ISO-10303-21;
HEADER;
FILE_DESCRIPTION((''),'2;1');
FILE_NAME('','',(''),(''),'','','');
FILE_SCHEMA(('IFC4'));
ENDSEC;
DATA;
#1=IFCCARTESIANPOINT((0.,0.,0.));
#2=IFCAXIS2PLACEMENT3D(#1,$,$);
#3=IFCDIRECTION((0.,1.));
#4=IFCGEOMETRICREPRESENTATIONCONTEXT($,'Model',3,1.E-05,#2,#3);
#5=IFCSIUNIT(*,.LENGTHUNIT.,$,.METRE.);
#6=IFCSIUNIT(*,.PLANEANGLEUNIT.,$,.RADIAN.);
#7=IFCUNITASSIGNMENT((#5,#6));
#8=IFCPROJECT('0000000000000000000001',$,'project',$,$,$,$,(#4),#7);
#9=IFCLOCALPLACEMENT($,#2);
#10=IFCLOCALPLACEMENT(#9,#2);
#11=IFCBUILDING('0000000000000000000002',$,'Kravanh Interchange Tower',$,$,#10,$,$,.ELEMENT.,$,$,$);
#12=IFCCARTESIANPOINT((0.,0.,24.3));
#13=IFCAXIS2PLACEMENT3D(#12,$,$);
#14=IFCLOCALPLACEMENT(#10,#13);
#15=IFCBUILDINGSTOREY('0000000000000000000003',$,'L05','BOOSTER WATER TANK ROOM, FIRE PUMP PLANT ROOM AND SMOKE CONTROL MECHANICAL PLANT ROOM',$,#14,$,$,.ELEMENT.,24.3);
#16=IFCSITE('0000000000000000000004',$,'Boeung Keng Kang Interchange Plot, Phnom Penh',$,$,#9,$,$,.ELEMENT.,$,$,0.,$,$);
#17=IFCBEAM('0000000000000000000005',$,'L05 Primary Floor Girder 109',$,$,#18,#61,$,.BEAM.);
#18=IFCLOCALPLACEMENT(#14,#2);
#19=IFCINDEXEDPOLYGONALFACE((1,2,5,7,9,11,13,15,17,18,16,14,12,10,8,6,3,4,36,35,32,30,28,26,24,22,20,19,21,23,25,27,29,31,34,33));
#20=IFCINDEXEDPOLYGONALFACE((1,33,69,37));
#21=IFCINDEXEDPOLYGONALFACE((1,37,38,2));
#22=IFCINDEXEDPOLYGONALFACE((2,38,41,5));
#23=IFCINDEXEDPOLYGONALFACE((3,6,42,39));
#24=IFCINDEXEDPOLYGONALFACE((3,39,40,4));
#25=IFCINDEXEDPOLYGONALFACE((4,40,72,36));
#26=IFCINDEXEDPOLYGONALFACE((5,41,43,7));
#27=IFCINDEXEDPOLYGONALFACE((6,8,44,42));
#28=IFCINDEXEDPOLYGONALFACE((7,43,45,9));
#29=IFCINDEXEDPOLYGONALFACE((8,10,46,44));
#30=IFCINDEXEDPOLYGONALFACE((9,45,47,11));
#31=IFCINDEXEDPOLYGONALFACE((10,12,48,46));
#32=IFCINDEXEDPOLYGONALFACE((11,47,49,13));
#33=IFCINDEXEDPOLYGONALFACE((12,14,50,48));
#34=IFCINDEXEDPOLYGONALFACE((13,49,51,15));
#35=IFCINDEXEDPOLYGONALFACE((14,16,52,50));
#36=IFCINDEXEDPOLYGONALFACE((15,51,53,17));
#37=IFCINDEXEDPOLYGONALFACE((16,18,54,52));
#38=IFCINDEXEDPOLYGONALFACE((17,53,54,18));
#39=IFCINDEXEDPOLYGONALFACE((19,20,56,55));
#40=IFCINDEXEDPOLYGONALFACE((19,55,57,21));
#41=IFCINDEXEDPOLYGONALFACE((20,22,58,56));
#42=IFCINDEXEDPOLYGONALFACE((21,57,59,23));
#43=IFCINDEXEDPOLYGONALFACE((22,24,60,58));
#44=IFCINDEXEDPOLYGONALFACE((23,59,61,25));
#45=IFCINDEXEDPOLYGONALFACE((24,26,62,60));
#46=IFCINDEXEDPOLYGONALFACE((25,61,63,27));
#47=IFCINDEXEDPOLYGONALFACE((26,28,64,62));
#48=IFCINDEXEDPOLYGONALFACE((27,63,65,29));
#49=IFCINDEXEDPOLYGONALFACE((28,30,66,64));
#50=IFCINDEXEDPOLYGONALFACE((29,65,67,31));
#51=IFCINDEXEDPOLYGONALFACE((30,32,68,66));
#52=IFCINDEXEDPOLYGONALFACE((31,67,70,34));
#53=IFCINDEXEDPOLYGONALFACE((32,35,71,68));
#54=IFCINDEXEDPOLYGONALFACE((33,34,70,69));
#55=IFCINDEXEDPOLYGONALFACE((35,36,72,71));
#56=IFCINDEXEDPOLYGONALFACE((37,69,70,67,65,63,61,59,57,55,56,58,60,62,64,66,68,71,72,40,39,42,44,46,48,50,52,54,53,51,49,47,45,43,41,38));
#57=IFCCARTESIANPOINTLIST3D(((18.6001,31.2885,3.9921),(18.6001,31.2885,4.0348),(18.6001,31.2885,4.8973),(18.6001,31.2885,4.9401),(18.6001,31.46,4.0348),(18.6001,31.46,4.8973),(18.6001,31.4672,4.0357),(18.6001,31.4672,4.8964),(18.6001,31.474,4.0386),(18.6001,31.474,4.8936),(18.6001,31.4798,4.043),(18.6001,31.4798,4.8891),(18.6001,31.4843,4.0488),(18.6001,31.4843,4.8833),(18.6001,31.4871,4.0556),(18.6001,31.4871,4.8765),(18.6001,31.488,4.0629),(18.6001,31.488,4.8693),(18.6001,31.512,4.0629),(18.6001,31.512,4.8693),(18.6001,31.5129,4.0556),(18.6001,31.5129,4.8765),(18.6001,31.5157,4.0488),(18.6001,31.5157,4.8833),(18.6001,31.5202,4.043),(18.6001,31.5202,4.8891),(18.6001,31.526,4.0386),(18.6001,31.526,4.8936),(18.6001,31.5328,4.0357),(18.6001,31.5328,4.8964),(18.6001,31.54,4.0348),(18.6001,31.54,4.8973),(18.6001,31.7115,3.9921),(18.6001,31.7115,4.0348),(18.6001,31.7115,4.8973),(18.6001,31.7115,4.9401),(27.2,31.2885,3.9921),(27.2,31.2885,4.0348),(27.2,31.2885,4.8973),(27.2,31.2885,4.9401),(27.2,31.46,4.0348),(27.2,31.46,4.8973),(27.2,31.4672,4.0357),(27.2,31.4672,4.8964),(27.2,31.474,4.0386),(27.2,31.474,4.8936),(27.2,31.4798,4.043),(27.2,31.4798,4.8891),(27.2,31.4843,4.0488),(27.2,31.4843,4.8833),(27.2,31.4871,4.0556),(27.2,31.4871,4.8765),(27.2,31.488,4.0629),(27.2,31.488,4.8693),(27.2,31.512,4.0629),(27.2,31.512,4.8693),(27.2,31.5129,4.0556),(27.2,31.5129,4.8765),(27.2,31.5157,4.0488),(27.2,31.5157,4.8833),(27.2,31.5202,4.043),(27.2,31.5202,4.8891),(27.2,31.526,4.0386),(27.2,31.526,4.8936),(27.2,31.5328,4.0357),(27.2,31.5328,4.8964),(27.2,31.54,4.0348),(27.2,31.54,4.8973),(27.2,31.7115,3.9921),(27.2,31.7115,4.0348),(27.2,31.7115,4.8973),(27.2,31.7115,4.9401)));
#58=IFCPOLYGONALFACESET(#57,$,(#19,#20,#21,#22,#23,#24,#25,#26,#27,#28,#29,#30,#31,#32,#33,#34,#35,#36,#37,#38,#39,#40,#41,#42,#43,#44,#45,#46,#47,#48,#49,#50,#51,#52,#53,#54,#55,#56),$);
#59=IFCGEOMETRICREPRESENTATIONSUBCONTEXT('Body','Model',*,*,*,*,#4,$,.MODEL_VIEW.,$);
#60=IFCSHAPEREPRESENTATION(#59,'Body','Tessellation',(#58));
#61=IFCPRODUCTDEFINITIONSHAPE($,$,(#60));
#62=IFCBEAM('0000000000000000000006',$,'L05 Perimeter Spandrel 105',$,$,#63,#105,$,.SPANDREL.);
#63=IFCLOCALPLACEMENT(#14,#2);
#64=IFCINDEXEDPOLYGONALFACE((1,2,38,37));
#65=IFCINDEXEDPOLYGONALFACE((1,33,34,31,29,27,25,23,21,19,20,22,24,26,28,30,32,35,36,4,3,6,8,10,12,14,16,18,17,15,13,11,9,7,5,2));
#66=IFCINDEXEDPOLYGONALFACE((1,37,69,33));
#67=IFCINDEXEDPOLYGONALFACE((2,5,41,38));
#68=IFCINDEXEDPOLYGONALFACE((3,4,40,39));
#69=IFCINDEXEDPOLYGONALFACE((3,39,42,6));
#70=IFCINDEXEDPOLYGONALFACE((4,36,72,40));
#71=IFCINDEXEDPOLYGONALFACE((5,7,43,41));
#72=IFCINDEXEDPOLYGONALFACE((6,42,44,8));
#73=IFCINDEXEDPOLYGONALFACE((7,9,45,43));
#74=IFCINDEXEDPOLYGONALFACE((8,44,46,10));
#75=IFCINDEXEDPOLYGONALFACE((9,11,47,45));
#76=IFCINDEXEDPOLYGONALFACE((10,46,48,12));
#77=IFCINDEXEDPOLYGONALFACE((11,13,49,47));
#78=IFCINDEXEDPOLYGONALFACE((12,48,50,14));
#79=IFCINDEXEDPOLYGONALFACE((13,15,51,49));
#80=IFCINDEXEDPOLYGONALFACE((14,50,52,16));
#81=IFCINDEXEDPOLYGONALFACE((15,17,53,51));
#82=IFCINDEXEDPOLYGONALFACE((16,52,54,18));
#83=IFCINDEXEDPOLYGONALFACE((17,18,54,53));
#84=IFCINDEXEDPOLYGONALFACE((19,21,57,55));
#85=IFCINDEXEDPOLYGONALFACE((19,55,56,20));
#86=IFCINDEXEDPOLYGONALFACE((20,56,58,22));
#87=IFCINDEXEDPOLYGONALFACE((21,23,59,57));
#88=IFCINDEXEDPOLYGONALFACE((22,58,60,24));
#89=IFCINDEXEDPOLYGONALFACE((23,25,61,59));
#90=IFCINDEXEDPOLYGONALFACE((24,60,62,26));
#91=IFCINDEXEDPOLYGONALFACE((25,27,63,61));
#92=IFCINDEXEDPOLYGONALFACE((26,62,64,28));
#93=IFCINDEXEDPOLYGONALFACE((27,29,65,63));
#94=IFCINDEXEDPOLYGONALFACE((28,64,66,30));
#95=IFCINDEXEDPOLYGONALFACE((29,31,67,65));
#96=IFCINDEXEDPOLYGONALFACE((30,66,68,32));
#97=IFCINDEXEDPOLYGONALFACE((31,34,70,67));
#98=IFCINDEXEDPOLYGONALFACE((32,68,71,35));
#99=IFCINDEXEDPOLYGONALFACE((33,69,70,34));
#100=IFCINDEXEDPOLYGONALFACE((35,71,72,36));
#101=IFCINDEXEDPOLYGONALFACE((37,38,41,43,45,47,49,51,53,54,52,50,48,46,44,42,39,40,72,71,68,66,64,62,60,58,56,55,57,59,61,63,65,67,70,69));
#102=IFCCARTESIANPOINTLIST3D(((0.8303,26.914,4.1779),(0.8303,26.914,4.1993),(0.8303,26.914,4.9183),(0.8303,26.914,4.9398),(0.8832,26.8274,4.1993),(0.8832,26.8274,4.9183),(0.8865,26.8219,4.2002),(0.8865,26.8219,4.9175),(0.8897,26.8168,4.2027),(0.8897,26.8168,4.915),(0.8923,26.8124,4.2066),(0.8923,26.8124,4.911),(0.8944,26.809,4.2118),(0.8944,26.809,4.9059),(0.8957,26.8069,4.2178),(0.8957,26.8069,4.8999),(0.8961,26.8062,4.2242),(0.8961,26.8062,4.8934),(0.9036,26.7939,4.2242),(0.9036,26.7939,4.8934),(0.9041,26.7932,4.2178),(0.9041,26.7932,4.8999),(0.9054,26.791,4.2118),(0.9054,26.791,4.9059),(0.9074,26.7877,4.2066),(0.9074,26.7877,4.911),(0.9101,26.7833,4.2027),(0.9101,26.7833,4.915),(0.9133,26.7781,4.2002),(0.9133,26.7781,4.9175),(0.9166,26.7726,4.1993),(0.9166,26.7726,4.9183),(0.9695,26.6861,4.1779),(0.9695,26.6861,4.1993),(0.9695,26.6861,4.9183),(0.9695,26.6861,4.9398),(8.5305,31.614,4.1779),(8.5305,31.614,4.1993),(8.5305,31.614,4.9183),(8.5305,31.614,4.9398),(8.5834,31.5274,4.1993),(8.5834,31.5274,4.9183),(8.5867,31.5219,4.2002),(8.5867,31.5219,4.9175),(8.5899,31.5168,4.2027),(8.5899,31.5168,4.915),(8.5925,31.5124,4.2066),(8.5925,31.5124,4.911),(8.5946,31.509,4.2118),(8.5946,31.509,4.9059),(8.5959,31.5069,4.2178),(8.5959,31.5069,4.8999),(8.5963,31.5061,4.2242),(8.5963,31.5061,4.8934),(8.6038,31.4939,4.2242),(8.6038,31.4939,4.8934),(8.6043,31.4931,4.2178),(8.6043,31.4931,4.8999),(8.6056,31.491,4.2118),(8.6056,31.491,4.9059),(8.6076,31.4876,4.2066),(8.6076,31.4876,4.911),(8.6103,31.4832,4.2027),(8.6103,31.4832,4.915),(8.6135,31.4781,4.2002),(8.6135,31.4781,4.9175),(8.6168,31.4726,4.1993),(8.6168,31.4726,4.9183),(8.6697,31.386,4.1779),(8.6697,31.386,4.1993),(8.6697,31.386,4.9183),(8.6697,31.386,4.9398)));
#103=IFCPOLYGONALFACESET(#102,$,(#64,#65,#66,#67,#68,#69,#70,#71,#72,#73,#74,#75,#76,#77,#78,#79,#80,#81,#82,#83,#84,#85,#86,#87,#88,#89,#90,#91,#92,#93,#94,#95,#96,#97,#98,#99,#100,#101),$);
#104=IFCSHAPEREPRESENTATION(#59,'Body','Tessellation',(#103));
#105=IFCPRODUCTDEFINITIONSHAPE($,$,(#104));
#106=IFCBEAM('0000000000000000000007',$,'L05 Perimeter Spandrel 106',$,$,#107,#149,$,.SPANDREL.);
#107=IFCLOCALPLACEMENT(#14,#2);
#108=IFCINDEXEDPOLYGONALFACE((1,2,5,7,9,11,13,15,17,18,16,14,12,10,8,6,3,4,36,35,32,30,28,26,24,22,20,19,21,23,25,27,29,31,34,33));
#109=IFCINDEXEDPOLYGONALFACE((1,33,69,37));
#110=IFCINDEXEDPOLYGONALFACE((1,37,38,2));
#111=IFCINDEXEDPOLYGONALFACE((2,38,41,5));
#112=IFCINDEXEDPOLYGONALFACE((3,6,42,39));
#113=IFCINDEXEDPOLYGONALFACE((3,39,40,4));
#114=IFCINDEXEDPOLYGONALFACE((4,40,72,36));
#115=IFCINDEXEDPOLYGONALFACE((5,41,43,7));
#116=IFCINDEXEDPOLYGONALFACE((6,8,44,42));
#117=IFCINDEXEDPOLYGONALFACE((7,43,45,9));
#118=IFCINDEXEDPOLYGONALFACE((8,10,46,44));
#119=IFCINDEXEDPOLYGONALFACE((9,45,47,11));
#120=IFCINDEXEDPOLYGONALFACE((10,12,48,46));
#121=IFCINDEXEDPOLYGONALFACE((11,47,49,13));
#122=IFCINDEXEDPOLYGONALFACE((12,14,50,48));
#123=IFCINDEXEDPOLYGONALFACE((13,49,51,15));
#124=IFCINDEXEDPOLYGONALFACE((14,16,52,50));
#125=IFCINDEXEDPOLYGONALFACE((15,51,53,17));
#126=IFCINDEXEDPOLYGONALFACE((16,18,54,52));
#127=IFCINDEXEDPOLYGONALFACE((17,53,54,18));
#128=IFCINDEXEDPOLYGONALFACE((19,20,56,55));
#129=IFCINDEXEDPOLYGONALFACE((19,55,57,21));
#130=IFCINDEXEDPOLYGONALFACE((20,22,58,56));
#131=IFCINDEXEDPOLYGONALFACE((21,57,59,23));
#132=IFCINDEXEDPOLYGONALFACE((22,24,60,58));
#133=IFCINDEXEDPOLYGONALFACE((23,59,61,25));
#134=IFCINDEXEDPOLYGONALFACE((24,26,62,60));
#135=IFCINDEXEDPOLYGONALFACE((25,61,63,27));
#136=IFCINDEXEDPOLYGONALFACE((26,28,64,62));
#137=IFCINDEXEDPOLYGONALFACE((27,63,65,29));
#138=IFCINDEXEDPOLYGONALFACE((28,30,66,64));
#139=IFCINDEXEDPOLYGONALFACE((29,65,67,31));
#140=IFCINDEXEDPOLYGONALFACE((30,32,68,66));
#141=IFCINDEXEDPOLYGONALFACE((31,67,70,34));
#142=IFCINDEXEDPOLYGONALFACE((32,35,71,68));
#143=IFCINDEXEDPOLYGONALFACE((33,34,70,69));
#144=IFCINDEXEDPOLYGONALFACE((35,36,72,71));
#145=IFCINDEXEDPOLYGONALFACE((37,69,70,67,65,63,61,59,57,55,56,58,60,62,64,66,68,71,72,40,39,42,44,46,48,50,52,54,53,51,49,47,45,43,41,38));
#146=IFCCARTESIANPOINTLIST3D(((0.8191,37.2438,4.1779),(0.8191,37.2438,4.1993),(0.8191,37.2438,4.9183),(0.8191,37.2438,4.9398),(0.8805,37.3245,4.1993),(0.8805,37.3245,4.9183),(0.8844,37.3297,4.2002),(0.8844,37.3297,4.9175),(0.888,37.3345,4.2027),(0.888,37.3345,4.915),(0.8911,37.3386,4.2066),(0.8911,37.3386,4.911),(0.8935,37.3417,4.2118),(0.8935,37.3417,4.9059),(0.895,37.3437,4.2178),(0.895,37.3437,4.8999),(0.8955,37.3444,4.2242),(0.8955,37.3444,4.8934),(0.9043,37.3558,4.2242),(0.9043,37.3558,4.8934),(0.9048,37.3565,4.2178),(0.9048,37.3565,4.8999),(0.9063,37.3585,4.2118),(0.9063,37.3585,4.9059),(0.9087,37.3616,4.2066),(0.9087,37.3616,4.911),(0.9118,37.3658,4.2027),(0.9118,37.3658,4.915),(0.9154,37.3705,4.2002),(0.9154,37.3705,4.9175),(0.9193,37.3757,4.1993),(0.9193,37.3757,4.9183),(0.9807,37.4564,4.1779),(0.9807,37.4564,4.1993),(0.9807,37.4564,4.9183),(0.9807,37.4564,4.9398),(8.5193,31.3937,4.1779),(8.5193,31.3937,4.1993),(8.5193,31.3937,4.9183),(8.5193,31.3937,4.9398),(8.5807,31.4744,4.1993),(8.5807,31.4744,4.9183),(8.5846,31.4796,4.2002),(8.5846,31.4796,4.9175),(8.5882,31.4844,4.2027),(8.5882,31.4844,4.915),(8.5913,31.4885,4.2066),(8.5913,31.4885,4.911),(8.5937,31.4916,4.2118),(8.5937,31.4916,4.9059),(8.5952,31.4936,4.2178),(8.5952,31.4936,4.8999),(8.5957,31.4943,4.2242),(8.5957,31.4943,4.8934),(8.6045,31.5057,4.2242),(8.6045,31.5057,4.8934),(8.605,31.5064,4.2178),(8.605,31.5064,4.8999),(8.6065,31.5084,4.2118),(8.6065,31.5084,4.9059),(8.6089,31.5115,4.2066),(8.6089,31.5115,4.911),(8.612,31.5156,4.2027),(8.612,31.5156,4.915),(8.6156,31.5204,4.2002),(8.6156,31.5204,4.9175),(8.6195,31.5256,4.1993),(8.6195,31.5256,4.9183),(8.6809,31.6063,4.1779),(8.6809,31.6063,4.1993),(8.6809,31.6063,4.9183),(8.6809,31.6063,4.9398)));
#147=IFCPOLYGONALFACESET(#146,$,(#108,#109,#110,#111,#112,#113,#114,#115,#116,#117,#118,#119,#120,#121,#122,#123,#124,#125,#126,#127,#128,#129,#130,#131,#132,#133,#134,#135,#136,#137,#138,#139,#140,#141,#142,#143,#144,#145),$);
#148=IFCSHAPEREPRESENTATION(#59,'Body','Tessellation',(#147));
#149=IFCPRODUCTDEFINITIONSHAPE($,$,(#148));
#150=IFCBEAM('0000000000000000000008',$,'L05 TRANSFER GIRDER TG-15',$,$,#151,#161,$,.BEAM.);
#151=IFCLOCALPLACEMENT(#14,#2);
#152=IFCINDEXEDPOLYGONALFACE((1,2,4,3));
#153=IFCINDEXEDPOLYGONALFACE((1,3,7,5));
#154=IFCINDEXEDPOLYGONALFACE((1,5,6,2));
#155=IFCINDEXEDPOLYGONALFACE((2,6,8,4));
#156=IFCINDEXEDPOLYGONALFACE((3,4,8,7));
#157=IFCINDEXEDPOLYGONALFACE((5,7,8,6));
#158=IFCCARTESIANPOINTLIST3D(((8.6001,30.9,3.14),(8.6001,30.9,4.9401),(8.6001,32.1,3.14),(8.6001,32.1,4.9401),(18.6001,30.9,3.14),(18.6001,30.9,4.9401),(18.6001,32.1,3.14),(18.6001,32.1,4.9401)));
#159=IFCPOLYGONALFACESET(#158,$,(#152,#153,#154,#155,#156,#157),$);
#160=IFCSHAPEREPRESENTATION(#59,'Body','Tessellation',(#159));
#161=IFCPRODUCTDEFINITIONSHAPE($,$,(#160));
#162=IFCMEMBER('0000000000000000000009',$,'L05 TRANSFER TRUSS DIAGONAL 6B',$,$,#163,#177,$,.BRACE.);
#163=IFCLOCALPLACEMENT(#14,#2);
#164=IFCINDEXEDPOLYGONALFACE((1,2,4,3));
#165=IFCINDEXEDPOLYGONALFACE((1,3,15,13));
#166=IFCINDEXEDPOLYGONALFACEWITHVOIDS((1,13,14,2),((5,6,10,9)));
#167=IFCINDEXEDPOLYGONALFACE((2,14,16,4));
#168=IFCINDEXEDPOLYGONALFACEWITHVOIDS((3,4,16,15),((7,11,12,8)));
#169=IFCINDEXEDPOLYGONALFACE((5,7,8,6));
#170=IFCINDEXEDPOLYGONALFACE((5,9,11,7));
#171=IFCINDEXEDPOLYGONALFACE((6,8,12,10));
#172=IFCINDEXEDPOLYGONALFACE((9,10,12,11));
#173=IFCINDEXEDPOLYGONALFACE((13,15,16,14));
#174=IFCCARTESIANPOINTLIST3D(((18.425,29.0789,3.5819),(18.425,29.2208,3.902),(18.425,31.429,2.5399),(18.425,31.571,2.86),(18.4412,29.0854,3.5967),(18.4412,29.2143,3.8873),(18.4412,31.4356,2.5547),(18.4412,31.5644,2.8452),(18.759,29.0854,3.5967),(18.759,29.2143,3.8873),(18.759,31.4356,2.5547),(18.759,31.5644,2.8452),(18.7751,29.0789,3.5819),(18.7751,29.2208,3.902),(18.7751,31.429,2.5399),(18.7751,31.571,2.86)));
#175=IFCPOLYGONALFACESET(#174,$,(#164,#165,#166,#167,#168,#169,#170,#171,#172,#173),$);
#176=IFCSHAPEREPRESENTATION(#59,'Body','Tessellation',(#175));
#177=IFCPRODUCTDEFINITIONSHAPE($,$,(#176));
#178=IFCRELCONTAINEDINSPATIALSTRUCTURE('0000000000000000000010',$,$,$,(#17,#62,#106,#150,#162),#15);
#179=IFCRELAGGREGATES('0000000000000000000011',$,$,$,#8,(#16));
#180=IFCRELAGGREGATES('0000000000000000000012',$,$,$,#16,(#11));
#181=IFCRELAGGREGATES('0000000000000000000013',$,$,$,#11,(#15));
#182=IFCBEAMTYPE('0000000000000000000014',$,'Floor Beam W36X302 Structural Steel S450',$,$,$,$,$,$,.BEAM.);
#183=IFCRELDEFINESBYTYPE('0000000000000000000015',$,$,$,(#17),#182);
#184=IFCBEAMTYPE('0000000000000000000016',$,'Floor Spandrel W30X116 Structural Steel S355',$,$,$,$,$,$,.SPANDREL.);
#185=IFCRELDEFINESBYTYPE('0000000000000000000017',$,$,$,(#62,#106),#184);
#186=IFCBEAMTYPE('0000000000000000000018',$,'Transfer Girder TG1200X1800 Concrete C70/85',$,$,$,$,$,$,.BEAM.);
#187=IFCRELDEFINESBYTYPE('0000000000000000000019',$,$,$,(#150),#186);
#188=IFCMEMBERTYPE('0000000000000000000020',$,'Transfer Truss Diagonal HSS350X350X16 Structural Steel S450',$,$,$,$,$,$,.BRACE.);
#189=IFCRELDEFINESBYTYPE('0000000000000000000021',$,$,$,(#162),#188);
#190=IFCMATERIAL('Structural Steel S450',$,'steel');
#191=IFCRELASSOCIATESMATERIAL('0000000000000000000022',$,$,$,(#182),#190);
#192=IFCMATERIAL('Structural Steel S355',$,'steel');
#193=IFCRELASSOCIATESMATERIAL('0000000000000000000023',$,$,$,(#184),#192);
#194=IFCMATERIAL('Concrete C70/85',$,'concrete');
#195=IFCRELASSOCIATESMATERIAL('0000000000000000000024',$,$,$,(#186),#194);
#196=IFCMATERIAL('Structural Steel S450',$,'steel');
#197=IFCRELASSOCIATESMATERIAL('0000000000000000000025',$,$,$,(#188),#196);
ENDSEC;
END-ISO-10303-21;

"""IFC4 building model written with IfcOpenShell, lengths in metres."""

from ifc_helpers import new_model, si_unit, direction, frame, origin, origin_2d, place, context, subcontext, project, spatial, rectangle, hollow_rectangle, i_section, extrude, material, material_profile, profile_set, type_object, element, save


model = new_model("IFC4")

# Units and contexts
model_context = context("Model", 3, precision=1e-05, world=origin(), true_north=direction((0.0, 1.0)))
body_context = subcontext(model_context, "Body", "Model", "MODEL_VIEW")
ifc_project = project(units=[si_unit("LENGTHUNIT", "METRE"), si_unit("PLANEANGLEUNIT", "RADIAN")], contexts=[model_context])

# Site, building, storey
site_placement = place(None, origin())
site = spatial("IfcSite", under=ifc_project, at=site_placement, Name="Boeung Keng Kang Interchange Plot, Phnom Penh", CompositionType="ELEMENT", RefElevation=0.0)
building_placement = place(site_placement, origin())
building = spatial("IfcBuilding", under=site, at=building_placement, Name="Kravanh Interchange Tower", CompositionType="ELEMENT")
storey_placement = place(building_placement, frame((0.0, 0.0, 24.3)))
storey = spatial("IfcBuildingStorey", under=building, at=storey_placement, Name="L05", Description="BOOSTER WATER TANK ROOM, FIRE PUMP PLANT ROOM AND SMOKE CONTROL MECHANICAL PLANT ROOM", CompositionType="ELEMENT", Elevation=24.3)

# Beams
ifc_material_1 = material(Name="Structural Steel S450", Category="steel")
ifc_material_profile_1 = material_profile(ifc_material_1, i_section(OverallWidth=0.4231, OverallDepth=0.948, WebThickness=0.0239, FlangeThickness=0.0427, FilletRadius=0.0281, at=origin_2d()), Name="W36X302")
ifc_profile_set_1 = profile_set([ifc_material_profile_1], Name="Structural Steel S450")
beam_type_1 = type_object("IfcBeamType", Name="Floor Beam W36X302 Structural Steel S450", PredefinedType="BEAM", material=ifc_profile_set_1)
beam_1_placement = place(storey_placement, frame((18.6001, 31.5, 4.4661), z_axis=(1.0, 0.0, 0.0), x_axis=(0.0, 1.0, 0.0)))
element("IfcBeam", 1, at=beam_1_placement, inside=storey, type_object=beam_type_1, Name="L05 Primary Floor Girder 109", PredefinedType="BEAM", context=body_context, shape_type="SweptSolid", body=[
    extrude(i_section(OverallWidth=0.4231, OverallDepth=0.948, WebThickness=0.0239, FlangeThickness=0.0427, FilletRadius=0.0281, at=origin_2d()), origin(), (0.0, 0.0, 1.0), 8.5999),
])
ifc_material_2 = material(Name="Structural Steel S355", Category="steel")
ifc_material_profile_2 = material_profile(ifc_material_2, i_section(OverallWidth=0.2671, OverallDepth=0.762, WebThickness=0.0144, FlangeThickness=0.0215, FilletRadius=0.0249, at=origin_2d()), Name="W30X116")
ifc_profile_set_2 = profile_set([ifc_material_profile_2], Name="Structural Steel S355")
beam_type_2 = type_object("IfcBeamType", Name="Floor Spandrel W30X116 Structural Steel S355", PredefinedType="SPANDREL", material=ifc_profile_set_2)
beam_2_placement = place(storey_placement, frame((8.6001, 31.5, 4.5588), z_axis=(-0.853564, -0.520988, 0.0), x_axis=(0.520988, -0.853564, 0.0)))
element("IfcBeam", 2, at=beam_2_placement, inside=storey, type_object=beam_type_2, Name="L05 Perimeter Spandrel 105", PredefinedType="SPANDREL", context=body_context, shape_type="SweptSolid", body=[
    extrude(i_section(OverallWidth=0.2671, OverallDepth=0.762, WebThickness=0.0144, FlangeThickness=0.0215, FilletRadius=0.0249, at=origin_2d()), origin(), (0.0, 0.0, 1.0), 9.0212),
])
beam_3_placement = place(storey_placement, frame((8.6001, 31.5, 4.5588), z_axis=(-0.796264, 0.604949, 0.0), x_axis=(-0.604949, -0.796264, 0.0)))
element("IfcBeam", 3, at=beam_3_placement, inside=storey, type_object=beam_type_2, Name="L05 Perimeter Spandrel 106", PredefinedType="SPANDREL", context=body_context, shape_type="SweptSolid", body=[
    extrude(i_section(OverallWidth=0.2671, OverallDepth=0.762, WebThickness=0.0144, FlangeThickness=0.0215, FilletRadius=0.0249, at=origin_2d()), origin(), (0.0, 0.0, 1.0), 9.6704),
])
ifc_material_3 = material(Name="Concrete C70/85", Category="concrete")
ifc_material_profile_3 = material_profile(ifc_material_3, rectangle(XDim=1.2, YDim=1.8, at=origin_2d()), Name="TG1200X1800")
ifc_profile_set_3 = profile_set([ifc_material_profile_3], Name="Concrete C70/85")
beam_type_3 = type_object("IfcBeamType", Name="Transfer Girder TG1200X1800 Concrete C70/85", PredefinedType="BEAM", material=ifc_profile_set_3)
beam_4_placement = place(storey_placement, frame((8.6001, 31.5, 4.04), z_axis=(1.0, 0.0, 0.0), x_axis=(0.0, 1.0, 0.0)))
element("IfcBeam", 4, at=beam_4_placement, inside=storey, type_object=beam_type_3, Name="L05 TRANSFER GIRDER TG-15", PredefinedType="BEAM", context=body_context, shape_type="SweptSolid", body=[
    extrude(rectangle(XDim=1.2, YDim=1.8, at=origin_2d()), origin(), (0.0, 0.0, 1.0), 10.0),
])

# Member
ifc_material_4 = material(Name="Structural Steel S450", Category="steel")
ifc_material_profile_4 = material_profile(ifc_material_4, hollow_rectangle(XDim=0.3501, YDim=0.3501, WallThickness=0.0161, at=origin_2d()), Name="HSS350X350X16")
ifc_profile_set_4 = profile_set([ifc_material_profile_4], Name="Structural Steel S450")
member_type = type_object("IfcMemberType", Name="Transfer Truss Diagonal HSS350X350X16 Structural Steel S450", PredefinedType="BRACE", material=ifc_profile_set_4)
member_placement = place(storey_placement, frame((18.6001, 31.5, 2.7), z_axis=(0.0, -0.914171, 0.405328), x_axis=(1.0, 0.0, 0.0)))
element("IfcMember", 5, at=member_placement, inside=storey, type_object=member_type, Name="L05 TRANSFER TRUSS DIAGONAL 6B", PredefinedType="BRACE", context=body_context, shape_type="SweptSolid", body=[
    extrude(hollow_rectangle(XDim=0.3501, YDim=0.3501, WallThickness=0.0161, at=origin_2d()), origin(), (0.0, 0.0, 1.0), 2.5708),
])

save(model, "model.ifc")
